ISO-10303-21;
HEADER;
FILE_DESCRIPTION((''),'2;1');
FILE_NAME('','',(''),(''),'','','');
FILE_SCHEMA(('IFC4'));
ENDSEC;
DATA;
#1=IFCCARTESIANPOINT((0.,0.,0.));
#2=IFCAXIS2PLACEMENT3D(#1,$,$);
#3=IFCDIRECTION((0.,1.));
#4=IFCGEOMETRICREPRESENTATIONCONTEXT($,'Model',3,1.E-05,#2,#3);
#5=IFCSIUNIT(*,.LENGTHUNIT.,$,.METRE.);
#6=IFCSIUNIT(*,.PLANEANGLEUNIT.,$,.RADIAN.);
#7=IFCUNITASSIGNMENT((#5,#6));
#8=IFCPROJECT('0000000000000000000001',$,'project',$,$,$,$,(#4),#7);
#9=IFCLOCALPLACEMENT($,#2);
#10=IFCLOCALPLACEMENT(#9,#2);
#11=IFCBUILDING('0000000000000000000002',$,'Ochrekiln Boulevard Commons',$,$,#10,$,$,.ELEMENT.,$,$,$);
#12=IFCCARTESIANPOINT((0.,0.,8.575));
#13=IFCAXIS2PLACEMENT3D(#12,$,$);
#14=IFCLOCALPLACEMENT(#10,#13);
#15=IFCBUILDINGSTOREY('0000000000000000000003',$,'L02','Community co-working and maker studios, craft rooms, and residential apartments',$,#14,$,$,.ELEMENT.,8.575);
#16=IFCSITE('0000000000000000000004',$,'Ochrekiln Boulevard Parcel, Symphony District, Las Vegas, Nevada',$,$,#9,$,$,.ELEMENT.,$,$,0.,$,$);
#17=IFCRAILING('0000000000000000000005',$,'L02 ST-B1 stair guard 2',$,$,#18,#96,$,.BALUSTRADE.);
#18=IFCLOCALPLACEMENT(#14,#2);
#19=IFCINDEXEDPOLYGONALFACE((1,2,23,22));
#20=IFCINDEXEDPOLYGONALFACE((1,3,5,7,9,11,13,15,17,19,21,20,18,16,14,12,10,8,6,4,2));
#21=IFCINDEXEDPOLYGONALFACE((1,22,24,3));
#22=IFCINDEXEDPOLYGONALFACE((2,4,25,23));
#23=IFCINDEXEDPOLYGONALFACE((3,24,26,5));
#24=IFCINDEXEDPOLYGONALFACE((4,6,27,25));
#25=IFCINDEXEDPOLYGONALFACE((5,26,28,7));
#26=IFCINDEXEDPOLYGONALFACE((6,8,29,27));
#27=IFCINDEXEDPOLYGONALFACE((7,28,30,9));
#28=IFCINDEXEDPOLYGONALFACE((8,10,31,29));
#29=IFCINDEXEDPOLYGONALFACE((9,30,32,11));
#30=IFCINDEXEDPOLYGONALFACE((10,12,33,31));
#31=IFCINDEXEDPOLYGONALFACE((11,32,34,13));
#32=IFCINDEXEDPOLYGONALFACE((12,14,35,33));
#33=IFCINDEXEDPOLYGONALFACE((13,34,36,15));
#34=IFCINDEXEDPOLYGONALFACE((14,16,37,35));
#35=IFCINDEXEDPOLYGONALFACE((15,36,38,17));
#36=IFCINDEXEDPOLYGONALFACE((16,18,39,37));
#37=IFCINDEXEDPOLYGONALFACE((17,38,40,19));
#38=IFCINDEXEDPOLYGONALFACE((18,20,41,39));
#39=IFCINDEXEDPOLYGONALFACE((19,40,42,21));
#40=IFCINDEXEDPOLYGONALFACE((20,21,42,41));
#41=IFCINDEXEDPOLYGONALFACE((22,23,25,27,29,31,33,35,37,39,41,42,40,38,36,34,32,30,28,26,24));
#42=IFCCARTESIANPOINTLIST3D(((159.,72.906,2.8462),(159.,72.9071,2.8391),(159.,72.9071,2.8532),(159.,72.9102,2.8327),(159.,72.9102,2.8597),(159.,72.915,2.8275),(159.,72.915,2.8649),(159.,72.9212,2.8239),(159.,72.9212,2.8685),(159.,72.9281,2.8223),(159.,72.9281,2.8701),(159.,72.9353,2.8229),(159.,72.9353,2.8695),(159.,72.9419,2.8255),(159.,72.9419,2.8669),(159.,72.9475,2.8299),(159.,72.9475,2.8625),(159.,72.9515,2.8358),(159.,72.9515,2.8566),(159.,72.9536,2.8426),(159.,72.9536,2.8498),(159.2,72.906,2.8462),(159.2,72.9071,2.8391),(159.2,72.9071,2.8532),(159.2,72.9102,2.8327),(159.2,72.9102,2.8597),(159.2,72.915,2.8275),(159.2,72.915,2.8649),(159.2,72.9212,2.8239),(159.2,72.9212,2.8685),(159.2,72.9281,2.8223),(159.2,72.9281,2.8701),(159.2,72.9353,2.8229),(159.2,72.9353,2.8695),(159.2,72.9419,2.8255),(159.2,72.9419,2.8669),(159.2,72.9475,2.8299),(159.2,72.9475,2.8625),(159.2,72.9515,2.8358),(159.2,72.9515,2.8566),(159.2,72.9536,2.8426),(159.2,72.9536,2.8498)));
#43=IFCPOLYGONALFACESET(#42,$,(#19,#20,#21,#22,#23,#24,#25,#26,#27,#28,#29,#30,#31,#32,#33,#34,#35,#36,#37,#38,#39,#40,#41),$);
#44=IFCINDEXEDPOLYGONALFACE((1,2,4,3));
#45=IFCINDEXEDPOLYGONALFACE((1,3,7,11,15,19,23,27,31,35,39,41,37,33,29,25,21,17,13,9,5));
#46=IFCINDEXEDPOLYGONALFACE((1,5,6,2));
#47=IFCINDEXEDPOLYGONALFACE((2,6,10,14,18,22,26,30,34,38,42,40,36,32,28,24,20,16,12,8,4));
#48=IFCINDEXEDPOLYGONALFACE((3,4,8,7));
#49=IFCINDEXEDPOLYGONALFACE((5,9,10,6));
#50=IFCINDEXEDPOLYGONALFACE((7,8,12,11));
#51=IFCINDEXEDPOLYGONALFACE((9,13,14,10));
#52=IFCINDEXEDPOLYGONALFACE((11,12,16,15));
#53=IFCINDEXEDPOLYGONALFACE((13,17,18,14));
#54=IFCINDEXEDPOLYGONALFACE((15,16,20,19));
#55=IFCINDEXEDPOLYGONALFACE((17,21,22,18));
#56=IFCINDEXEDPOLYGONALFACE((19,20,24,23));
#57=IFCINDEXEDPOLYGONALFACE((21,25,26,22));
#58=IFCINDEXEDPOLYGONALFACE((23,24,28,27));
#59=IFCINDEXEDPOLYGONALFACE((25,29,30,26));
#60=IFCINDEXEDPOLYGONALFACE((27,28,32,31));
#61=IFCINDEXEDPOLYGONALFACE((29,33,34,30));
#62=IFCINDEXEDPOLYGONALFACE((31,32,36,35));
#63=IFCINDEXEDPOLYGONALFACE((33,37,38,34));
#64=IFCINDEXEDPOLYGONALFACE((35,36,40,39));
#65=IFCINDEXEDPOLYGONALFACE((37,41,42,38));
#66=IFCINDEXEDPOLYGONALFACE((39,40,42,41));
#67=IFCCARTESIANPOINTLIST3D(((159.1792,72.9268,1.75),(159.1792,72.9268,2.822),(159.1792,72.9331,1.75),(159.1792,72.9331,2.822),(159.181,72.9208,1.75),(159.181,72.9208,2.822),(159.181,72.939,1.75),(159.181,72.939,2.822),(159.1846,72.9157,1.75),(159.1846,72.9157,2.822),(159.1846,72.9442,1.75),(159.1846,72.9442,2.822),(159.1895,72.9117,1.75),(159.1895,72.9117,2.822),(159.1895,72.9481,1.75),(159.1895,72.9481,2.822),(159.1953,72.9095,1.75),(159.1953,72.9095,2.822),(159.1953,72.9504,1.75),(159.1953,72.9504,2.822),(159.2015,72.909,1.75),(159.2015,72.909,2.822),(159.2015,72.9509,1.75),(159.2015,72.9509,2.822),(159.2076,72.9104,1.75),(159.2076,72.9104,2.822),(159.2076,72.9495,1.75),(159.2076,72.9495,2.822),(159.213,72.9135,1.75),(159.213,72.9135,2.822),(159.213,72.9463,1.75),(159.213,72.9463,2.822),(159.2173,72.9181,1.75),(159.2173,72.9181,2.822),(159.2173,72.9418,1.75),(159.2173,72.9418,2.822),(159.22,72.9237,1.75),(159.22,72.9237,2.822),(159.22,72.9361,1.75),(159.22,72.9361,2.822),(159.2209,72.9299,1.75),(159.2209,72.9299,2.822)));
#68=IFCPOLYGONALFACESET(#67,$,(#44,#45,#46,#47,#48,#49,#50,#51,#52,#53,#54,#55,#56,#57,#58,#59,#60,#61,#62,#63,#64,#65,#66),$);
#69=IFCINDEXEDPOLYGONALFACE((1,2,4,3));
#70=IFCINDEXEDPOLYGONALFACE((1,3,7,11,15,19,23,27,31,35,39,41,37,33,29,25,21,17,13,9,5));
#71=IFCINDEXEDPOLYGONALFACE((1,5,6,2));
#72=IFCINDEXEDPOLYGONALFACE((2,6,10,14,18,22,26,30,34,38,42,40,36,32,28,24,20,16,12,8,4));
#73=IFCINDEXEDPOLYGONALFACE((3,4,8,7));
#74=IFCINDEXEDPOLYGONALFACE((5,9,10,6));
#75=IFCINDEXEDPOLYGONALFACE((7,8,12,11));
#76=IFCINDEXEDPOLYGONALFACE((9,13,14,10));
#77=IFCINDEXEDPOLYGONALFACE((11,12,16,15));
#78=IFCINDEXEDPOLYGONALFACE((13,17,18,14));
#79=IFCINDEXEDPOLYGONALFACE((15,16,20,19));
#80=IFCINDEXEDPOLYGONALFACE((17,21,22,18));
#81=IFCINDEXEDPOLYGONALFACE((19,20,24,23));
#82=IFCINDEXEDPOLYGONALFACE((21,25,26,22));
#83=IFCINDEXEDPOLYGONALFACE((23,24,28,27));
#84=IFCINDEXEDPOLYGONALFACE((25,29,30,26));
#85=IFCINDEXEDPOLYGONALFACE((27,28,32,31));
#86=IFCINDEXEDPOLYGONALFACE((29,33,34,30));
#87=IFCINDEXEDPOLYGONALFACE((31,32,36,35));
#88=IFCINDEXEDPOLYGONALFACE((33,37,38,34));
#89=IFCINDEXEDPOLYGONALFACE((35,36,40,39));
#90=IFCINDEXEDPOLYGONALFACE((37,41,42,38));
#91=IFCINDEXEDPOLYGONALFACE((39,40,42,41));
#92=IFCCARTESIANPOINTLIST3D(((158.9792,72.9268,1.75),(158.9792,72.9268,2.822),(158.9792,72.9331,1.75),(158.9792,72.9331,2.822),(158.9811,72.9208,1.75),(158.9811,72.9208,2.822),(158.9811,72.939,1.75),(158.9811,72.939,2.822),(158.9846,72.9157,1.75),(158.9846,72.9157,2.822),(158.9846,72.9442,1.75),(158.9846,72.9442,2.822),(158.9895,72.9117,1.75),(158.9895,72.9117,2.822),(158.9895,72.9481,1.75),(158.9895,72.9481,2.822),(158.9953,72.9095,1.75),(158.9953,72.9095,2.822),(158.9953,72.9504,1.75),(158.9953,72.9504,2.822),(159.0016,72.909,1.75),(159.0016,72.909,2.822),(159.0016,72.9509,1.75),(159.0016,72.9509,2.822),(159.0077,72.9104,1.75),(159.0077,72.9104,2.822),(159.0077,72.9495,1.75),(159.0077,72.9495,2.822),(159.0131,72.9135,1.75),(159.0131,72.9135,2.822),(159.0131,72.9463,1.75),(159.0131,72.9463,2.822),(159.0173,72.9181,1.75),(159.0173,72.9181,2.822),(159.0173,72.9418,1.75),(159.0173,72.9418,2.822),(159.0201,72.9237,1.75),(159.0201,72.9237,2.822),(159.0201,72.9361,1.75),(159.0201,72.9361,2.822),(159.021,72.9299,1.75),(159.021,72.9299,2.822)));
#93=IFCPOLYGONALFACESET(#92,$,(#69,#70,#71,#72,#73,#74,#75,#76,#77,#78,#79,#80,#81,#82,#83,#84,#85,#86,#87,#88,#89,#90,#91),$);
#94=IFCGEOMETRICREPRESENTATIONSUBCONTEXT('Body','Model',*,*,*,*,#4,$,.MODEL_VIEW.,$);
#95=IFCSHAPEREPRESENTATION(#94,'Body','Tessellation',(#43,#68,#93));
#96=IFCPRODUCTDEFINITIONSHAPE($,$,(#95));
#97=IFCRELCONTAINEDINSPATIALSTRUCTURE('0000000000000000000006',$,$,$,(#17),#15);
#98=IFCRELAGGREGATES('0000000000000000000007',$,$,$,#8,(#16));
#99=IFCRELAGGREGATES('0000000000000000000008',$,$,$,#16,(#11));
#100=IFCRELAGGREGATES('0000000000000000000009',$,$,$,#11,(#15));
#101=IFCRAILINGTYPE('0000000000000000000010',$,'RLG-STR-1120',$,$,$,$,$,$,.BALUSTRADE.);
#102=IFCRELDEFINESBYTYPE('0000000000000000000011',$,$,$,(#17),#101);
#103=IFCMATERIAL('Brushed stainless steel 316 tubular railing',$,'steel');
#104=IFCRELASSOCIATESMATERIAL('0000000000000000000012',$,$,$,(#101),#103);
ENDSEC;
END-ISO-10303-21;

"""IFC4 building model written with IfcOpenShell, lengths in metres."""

from ifc_helpers import new_model, si_unit, direction, frame, origin, origin_2d, place, context, subcontext, project, spatial, circle, extrude, material, type_object, element, save


model = new_model("IFC4")

# Units and contexts
model_context = context("Model", 3, precision=1e-05, world=origin(), true_north=direction((0.0, 1.0)))
body_context = subcontext(model_context, "Body", "Model", "MODEL_VIEW")
ifc_project = project(units=[si_unit("LENGTHUNIT", "METRE"), si_unit("PLANEANGLEUNIT", "RADIAN")], contexts=[model_context])

# Site, building, storey
site_placement = place(None, origin())
site = spatial("IfcSite", under=ifc_project, at=site_placement, Name="Ochrekiln Boulevard Parcel, Symphony District, Las Vegas, Nevada", CompositionType="ELEMENT", RefElevation=0.0)
building_placement = place(site_placement, origin())
building = spatial("IfcBuilding", under=site, at=building_placement, Name="Ochrekiln Boulevard Commons", CompositionType="ELEMENT")
storey_placement = place(building_placement, frame((0.0, 0.0, 8.575)))
storey = spatial("IfcBuildingStorey", under=building, at=storey_placement, Name="L02", Description="Community co-working and maker studios, craft rooms, and residential apartments", CompositionType="ELEMENT", Elevation=8.575)

# Railing
ifc_material_1 = material(Name="Brushed stainless steel 316 tubular railing", Category="steel")
railing_type_1 = type_object("IfcRailingType", Name="RLG-STR-1120", PredefinedType="BALUSTRADE", material=ifc_material_1)
railing_1_placement = place(storey_placement, frame((159.2, 72.9299, 1.75)))
element("IfcRailing", 1, at=railing_1_placement, inside=storey, type_object=railing_type_1, Name="L02 ST-B1 stair guard 2", PredefinedType="BALUSTRADE", context=body_context, shape_type="SweptSolid", body=[
    extrude(circle(Radius=0.0239, at=origin_2d()), frame((0.0, 0.0, 1.0962), z_axis=(-1.0, 0.0, 0.0), x_axis=(0.0, -1.0, 0.0)), (0.0, 0.0, 1.0), 0.2),
    extrude(circle(Radius=0.021, at=origin_2d()), origin(), (0.0, 0.0, 1.0), 1.072),
    extrude(circle(Radius=0.021, at=origin_2d()), frame((-0.2, 0.0, 0.0)), (0.0, 0.0, 1.0), 1.072),
])

save(model, "model.ifc")
